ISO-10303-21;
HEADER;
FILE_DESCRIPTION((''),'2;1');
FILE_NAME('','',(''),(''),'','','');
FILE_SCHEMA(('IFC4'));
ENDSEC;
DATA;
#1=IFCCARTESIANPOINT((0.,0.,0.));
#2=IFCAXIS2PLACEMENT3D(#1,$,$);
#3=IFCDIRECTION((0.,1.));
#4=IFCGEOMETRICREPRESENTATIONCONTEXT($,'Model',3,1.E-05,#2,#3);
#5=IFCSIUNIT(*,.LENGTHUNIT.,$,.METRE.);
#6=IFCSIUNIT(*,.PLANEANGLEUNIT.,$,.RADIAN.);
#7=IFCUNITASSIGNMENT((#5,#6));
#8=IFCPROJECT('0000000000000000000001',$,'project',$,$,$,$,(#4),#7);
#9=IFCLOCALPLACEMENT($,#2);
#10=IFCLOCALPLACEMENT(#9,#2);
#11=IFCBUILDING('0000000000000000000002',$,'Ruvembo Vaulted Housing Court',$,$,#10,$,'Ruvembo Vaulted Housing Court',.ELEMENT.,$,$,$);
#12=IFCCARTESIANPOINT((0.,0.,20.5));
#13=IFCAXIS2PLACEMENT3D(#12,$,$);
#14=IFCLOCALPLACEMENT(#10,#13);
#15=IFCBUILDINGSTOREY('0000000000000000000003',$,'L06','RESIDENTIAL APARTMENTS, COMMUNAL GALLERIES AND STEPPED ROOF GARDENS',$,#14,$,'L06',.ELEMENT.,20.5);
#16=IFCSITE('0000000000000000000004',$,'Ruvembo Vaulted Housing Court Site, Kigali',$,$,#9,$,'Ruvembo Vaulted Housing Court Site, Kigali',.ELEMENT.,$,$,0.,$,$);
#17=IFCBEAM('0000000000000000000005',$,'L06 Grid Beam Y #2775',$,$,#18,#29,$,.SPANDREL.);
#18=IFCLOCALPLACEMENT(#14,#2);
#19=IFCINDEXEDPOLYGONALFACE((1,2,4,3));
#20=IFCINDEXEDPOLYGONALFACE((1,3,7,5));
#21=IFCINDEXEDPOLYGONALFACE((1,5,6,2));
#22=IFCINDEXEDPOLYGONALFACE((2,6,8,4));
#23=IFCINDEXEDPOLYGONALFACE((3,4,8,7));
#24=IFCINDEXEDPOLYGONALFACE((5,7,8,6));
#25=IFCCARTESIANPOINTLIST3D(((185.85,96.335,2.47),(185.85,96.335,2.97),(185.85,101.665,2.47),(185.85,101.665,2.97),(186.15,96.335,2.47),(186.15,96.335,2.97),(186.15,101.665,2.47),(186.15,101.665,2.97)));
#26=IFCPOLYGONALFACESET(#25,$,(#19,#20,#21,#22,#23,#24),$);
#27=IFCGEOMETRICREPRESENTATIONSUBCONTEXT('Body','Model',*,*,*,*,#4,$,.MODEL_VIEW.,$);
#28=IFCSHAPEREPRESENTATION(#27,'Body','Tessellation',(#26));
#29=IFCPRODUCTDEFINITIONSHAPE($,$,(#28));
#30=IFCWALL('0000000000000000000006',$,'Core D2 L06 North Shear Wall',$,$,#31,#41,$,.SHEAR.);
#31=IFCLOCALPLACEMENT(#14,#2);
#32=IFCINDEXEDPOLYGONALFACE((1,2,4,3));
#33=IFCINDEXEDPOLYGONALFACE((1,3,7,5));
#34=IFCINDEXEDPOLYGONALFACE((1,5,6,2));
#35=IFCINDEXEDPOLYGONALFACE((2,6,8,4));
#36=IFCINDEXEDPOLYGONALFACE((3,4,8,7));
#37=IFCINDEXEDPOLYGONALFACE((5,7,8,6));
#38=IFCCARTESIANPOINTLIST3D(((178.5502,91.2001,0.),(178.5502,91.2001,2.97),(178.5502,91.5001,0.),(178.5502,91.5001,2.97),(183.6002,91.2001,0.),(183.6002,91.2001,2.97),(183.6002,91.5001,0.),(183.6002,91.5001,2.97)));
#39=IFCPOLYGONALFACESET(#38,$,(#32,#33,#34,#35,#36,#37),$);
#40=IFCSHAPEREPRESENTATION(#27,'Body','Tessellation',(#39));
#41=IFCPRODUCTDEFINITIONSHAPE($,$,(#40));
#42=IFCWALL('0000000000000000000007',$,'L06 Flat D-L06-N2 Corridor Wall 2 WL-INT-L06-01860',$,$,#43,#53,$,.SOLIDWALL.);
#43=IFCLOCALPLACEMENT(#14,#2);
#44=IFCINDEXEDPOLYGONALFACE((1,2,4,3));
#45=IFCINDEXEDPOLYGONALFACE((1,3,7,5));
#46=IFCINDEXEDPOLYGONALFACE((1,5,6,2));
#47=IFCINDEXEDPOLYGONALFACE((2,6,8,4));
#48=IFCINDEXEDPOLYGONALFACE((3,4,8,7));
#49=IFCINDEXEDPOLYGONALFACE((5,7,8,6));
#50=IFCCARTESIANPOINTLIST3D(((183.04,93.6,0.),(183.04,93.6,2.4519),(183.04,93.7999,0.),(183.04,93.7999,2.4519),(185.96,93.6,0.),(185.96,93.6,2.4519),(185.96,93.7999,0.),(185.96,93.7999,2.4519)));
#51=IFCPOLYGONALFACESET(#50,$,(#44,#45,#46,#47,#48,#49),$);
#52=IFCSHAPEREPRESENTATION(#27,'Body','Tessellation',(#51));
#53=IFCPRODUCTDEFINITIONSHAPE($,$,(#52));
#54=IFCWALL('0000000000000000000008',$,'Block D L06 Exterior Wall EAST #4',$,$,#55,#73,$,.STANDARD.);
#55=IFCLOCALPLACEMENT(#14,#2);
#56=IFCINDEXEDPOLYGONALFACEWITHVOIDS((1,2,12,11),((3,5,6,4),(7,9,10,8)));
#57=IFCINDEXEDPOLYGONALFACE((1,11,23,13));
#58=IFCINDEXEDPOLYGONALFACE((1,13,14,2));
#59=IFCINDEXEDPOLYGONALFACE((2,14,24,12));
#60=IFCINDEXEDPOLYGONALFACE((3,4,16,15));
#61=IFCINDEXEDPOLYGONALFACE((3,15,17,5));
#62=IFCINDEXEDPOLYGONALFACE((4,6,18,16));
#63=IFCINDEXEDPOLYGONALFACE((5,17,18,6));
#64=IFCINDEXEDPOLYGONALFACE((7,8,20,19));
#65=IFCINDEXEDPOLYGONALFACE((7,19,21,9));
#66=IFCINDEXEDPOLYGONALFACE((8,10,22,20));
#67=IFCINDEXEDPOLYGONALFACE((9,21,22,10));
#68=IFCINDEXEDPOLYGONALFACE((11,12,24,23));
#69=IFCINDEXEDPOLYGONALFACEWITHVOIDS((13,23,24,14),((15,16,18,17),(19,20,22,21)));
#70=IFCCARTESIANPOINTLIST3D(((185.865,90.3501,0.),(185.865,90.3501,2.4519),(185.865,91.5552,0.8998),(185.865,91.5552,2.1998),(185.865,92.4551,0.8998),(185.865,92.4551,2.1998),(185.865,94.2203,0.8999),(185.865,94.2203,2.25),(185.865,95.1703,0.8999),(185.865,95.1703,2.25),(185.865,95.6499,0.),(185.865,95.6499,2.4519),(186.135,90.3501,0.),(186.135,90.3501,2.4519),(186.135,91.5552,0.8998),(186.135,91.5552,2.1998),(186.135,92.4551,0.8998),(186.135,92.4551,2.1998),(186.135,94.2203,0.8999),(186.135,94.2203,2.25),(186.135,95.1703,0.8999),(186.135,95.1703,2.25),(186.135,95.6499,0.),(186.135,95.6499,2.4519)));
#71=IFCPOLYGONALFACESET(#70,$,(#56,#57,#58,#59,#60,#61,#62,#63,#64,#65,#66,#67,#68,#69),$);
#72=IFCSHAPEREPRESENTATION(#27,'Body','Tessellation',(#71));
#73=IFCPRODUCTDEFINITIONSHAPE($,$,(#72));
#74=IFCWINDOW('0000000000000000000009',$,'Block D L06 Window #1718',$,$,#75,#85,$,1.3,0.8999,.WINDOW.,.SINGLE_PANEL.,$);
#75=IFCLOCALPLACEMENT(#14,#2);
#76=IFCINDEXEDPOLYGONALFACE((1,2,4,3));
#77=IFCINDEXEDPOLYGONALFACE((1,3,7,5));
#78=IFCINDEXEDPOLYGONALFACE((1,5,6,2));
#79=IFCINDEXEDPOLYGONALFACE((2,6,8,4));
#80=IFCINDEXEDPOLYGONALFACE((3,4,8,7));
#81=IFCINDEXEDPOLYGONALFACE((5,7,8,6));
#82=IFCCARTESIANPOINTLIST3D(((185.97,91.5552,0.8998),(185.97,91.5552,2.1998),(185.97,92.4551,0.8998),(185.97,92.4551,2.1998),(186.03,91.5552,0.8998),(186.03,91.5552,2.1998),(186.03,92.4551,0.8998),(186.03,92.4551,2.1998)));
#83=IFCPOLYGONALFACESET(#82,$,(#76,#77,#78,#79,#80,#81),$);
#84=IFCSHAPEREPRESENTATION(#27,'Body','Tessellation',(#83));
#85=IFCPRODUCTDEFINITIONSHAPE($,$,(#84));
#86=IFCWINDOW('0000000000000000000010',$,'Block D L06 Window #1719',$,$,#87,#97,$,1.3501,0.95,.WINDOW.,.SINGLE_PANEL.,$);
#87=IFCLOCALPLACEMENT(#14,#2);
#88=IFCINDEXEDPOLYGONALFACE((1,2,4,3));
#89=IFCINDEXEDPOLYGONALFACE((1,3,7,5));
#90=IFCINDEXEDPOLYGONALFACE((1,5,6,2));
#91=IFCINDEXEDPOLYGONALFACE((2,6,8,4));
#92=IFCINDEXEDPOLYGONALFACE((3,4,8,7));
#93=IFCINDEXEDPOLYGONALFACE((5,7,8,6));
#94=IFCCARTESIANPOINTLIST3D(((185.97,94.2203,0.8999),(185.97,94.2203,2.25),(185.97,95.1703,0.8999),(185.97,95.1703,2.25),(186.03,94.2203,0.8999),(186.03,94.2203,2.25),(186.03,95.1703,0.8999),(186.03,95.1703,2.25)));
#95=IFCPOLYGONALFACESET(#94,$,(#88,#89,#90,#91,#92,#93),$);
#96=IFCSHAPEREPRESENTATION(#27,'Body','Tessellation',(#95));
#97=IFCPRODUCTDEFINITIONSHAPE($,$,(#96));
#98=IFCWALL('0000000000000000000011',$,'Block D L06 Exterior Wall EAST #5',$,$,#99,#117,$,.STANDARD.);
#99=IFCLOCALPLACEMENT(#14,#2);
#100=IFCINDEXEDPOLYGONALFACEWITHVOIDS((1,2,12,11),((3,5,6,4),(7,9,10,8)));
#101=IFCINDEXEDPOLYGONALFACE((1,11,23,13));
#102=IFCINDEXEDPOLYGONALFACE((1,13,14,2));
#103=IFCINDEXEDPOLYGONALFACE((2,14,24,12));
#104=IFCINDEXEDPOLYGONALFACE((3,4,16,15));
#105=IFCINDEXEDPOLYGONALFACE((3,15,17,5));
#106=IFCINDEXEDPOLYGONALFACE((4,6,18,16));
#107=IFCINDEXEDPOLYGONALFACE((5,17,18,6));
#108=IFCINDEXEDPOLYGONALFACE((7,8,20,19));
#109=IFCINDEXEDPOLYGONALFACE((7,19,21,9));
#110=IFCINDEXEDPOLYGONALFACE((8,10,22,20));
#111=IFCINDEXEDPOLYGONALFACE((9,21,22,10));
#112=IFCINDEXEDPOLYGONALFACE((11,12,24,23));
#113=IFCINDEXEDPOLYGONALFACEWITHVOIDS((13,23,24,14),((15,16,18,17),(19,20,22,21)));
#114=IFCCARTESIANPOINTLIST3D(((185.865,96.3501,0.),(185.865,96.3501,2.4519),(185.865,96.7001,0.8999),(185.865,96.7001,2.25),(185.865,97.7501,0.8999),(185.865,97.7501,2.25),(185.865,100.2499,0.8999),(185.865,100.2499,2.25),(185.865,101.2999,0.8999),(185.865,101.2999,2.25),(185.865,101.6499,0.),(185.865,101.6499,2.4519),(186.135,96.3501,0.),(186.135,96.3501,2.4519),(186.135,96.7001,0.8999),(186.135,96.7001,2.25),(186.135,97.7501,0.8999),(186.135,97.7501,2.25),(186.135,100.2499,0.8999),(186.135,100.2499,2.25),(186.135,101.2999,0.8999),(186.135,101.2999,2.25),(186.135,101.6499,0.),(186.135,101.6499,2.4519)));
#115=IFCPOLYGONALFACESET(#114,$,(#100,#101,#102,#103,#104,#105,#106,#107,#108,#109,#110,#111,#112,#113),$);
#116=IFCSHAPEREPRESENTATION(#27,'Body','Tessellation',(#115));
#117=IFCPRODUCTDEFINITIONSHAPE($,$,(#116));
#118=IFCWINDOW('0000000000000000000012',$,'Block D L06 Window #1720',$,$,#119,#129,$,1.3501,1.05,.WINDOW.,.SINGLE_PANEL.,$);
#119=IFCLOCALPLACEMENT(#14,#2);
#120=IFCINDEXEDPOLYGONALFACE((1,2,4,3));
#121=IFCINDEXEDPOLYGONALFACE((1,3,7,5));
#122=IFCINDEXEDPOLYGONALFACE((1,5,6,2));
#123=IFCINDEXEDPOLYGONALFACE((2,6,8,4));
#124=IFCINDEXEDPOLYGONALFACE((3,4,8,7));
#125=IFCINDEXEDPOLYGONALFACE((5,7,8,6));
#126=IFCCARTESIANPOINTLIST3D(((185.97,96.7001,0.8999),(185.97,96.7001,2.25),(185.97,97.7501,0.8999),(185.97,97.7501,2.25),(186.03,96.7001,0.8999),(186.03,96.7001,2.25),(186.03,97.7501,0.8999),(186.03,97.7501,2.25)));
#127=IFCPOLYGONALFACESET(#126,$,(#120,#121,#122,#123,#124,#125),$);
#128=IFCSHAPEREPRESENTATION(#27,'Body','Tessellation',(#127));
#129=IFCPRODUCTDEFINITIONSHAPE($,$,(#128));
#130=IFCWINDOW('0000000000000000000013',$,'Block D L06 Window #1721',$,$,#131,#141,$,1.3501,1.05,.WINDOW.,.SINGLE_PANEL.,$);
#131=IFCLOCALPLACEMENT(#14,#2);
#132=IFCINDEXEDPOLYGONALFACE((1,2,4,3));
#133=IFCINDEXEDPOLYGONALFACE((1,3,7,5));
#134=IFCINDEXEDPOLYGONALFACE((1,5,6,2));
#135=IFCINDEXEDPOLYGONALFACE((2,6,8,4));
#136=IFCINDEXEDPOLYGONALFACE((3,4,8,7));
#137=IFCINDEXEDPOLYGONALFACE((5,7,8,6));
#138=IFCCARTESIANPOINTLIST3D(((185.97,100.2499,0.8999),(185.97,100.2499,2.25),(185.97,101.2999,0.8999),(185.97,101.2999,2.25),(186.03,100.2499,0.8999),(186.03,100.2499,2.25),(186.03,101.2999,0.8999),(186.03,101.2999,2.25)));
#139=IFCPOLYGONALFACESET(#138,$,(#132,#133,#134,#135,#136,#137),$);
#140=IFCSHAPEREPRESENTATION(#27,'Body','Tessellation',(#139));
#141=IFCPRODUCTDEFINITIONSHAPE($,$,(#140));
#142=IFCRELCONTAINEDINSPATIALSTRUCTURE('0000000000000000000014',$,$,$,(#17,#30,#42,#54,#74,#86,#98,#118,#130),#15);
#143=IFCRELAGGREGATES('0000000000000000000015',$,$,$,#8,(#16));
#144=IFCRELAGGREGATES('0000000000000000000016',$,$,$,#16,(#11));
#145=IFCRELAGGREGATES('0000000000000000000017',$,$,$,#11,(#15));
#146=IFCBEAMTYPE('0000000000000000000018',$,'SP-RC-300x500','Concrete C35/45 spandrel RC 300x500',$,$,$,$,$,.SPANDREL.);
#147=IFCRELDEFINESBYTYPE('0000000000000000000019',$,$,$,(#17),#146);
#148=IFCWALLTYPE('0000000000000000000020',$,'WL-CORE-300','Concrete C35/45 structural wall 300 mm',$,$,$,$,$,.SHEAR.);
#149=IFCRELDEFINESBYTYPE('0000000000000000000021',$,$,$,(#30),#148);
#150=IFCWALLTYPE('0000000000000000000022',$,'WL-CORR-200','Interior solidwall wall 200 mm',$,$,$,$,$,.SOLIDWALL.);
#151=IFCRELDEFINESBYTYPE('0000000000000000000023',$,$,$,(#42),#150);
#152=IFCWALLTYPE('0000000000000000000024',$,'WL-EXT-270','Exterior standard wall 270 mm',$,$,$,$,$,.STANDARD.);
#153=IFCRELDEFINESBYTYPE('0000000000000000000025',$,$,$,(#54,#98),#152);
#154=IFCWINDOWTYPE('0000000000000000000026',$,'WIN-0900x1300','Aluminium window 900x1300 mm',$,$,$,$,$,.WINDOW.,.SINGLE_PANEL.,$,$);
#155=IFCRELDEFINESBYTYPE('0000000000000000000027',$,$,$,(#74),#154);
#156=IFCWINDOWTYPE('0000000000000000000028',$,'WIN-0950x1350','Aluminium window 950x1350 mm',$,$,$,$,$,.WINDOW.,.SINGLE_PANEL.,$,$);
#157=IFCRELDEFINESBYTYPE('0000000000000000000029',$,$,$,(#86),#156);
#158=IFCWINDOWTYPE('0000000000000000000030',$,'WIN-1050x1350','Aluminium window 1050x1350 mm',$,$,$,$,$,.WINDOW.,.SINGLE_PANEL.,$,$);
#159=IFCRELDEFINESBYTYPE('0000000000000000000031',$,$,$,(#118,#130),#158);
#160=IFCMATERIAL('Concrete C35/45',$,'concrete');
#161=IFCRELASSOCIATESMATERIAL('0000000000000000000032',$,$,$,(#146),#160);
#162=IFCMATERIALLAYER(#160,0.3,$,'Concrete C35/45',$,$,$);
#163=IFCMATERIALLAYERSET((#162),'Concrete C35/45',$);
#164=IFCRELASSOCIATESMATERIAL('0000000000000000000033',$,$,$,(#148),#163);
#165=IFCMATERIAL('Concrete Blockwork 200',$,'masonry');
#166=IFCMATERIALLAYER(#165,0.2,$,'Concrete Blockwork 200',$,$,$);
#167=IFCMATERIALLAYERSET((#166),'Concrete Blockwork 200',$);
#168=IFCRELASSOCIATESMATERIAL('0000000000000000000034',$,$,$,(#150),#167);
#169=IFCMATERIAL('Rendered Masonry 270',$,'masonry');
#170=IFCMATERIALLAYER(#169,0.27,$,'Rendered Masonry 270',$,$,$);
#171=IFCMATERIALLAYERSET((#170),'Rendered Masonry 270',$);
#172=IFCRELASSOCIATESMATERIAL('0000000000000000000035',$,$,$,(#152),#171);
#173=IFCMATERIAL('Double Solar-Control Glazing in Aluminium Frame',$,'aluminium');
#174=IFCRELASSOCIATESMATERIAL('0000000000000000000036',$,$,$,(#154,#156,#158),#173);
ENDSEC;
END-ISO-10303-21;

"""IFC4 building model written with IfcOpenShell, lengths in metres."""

from ifc_helpers import new_model, si_unit, direction, frame, frame_2d, origin, origin_2d, place, context, subcontext, project, spatial, rectangle, extrude, material, layer, layer_set, material_profile, profile_set, type_object, element, fill, save


model = new_model("IFC4")

# Units and contexts
model_context = context("Model", 3, precision=1e-05, world=origin(), true_north=direction((0.0, 1.0)))
body_context = subcontext(model_context, "Body", "Model", "MODEL_VIEW")
ifc_project = project(units=[si_unit("LENGTHUNIT", "METRE"), si_unit("PLANEANGLEUNIT", "RADIAN")], contexts=[model_context])

# Site, building, storey
site_placement = place(None, origin())
site = spatial("IfcSite", under=ifc_project, at=site_placement, Name="Ruvembo Vaulted Housing Court Site, Kigali", LongName="Ruvembo Vaulted Housing Court Site, Kigali", CompositionType="ELEMENT", RefElevation=0.0)
building_placement = place(site_placement, origin())
building = spatial("IfcBuilding", under=site, at=building_placement, Name="Ruvembo Vaulted Housing Court", LongName="Ruvembo Vaulted Housing Court", CompositionType="ELEMENT")
storey_placement = place(building_placement, frame((0.0, 0.0, 20.5)))
storey = spatial("IfcBuildingStorey", under=building, at=storey_placement, Name="L06", Description="RESIDENTIAL APARTMENTS, COMMUNAL GALLERIES AND STEPPED ROOF GARDENS", LongName="L06", CompositionType="ELEMENT", Elevation=20.5)

# Shared definitions
ifc_material_1 = material(Name="Concrete C35/45", Category="concrete")

# Beam
ifc_material_profile_1 = material_profile(ifc_material_1, rectangle(XDim=0.3, YDim=0.5, at=origin_2d()), Name="RC 300x500")
ifc_profile_set_1 = profile_set([ifc_material_profile_1], Name="Concrete C35/45")
beam_type_1 = type_object("IfcBeamType", Name="SP-RC-300x500", Description="Concrete C35/45 spandrel RC 300x500", PredefinedType="SPANDREL", material=ifc_profile_set_1)
for number, where, z_axis, x_axis, name in (
    (1, (186.0, 96.335, 2.72), (0.0, 1.0, 0.0), (-1.0, 0.0, 0.0), "L06 Grid Beam Y #2775"),
):
    element("IfcBeam", number, at=place(storey_placement, frame(where, z_axis=z_axis, x_axis=x_axis)), inside=storey, type_object=beam_type_1, Name=name, PredefinedType="SPANDREL", context=body_context, shape_type="SweptSolid", body=[
        extrude(rectangle(XDim=0.3, YDim=0.5, at=origin_2d()), origin(), (0.0, 0.0, 1.0), 5.3301),
    ])

# Walls
ifc_layer_1 = layer(ifc_material_1, 0.3, Name="Concrete C35/45")
ifc_layer_set_1 = layer_set([ifc_layer_1], Name="Concrete C35/45")
wall_type_1 = type_object("IfcWallType", Name="WL-CORE-300", Description="Concrete C35/45 structural wall 300 mm", PredefinedType="SHEAR", material=ifc_layer_set_1)
wall_1_placement = place(storey_placement, frame((183.6001, 91.3501, 0.0), z_axis=(0.0, 0.0, 1.0), x_axis=(-1.0, 0.0, 0.0)))
element("IfcWall", 2, at=wall_1_placement, inside=storey, type_object=wall_type_1, Name="Core D2 L06 North Shear Wall", PredefinedType="SHEAR", context=body_context, shape_type="SweptSolid", body=[
    extrude(rectangle(XDim=5.05, YDim=0.3, at=frame_2d((2.5249, 0.0))), origin(), (0.0, 0.0, 1.0), 2.97),
])
ifc_material_2 = material(Name="Concrete Blockwork 200", Category="masonry")
ifc_layer_2 = layer(ifc_material_2, 0.2, Name="Concrete Blockwork 200")
ifc_layer_set_2 = layer_set([ifc_layer_2], Name="Concrete Blockwork 200")
wall_type_2 = type_object("IfcWallType", Name="WL-CORR-200", Description="Interior solidwall wall 200 mm", PredefinedType="SOLIDWALL", material=ifc_layer_set_2)
wall_2_placement = place(storey_placement, frame((183.04, 93.7, 0.0), z_axis=(0.0, 0.0, 1.0), x_axis=(1.0, 0.0, 0.0)))
element("IfcWall", 3, at=wall_2_placement, inside=storey, type_object=wall_type_2, Name="L06 Flat D-L06-N2 Corridor Wall 2 WL-INT-L06-01860", PredefinedType="SOLIDWALL", context=body_context, shape_type="SweptSolid", body=[
    extrude(rectangle(XDim=2.9199, YDim=0.2, at=frame_2d((1.46, 0.0))), origin(), (0.0, 0.0, 1.0), 2.4519),
])

# Walls, openings, windows
ifc_material_3 = material(Name="Rendered Masonry 270", Category="masonry")
ifc_layer_3 = layer(ifc_material_3, 0.27, Name="Rendered Masonry 270")
ifc_layer_set_3 = layer_set([ifc_layer_3], Name="Rendered Masonry 270")
wall_type_3 = type_object("IfcWallType", Name="WL-EXT-270", Description="Exterior standard wall 270 mm", PredefinedType="STANDARD", material=ifc_layer_set_3)
wall_3_placement = place(storey_placement, frame((186.0, 90.3501, 0.0), z_axis=(0.0, 0.0, 1.0), x_axis=(0.0, 1.0, 0.0)))
wall_3 = element("IfcWall", 4, at=wall_3_placement, inside=storey, type_object=wall_type_3, Name="Block D L06 Exterior Wall EAST #4", PredefinedType="STANDARD", context=body_context, shape_type="SweptSolid", body=[
    extrude(rectangle(XDim=5.2998, YDim=0.27, at=frame_2d((2.6499, 0.0))), origin(), (0.0, 0.0, 1.0), 2.4519),
])
opening_1_placement = place(wall_3_placement, frame((1.2051, 0.0, 0.8999)))
opening_1 = element("IfcOpeningElement", 5, at=opening_1_placement, cuts=wall_3, PredefinedType="OPENING", context=body_context, shape_type="SweptSolid", body=[
    extrude(rectangle(XDim=0.8999, YDim=1.3, at=frame_2d((0.45, 0.6499))), frame((0.0, 0.145, 0.0), z_axis=(0.0, -1.0, 0.0), x_axis=(1.0, 0.0, 0.0)), (0.0, 0.0, 1.0), 0.29),
])
opening_2_placement = place(wall_3_placement, frame((3.8701, 0.0, 0.8999)))
opening_2 = element("IfcOpeningElement", 6, at=opening_2_placement, cuts=wall_3, PredefinedType="OPENING", context=body_context, shape_type="SweptSolid", body=[
    extrude(rectangle(XDim=0.95, YDim=1.3501, at=frame_2d((0.4751, 0.675))), frame((0.0, 0.145, 0.0), z_axis=(0.0, -1.0, 0.0), x_axis=(1.0, 0.0, 0.0)), (0.0, 0.0, 1.0), 0.29),
])
ifc_material_4 = material(Name="Double Solar-Control Glazing in Aluminium Frame", Category="aluminium")
window_type_1 = type_object("IfcWindowType", Name="WIN-0900x1300", Description="Aluminium window 900x1300 mm", PartitioningType="SINGLE_PANEL", PredefinedType="WINDOW", material=ifc_material_4)
window_1_placement = place(opening_1_placement, origin())
window_1 = element("IfcWindow", 7, at=window_1_placement, inside=storey, type_object=window_type_1, Name="Block D L06 Window #1718", OverallHeight=1.3, OverallWidth=0.8999, PartitioningType="SINGLE_PANEL", PredefinedType="WINDOW", context=body_context, shape_type="SweptSolid", body=[
    extrude(rectangle(XDim=0.8999, YDim=1.3, at=frame_2d((0.45, 0.6499))), frame((0.0, 0.03, 0.0), z_axis=(0.0, -1.0, 0.0), x_axis=(1.0, 0.0, 0.0)), (0.0, 0.0, 1.0), 0.0601),
])
fill(opening_1, window_1)
window_type_2 = type_object("IfcWindowType", Name="WIN-0950x1350", Description="Aluminium window 950x1350 mm", PartitioningType="SINGLE_PANEL", PredefinedType="WINDOW", material=ifc_material_4)
window_2_placement = place(opening_2_placement, origin())
window_2 = element("IfcWindow", 8, at=window_2_placement, inside=storey, type_object=window_type_2, Name="Block D L06 Window #1719", OverallHeight=1.3501, OverallWidth=0.95, PartitioningType="SINGLE_PANEL", PredefinedType="WINDOW", context=body_context, shape_type="SweptSolid", body=[
    extrude(rectangle(XDim=0.95, YDim=1.3501, at=frame_2d((0.4751, 0.675))), frame((0.0, 0.03, 0.0), z_axis=(0.0, -1.0, 0.0), x_axis=(1.0, 0.0, 0.0)), (0.0, 0.0, 1.0), 0.0601),
])
fill(opening_2, window_2)
wall_4_placement = place(storey_placement, frame((186.0, 96.3501, 0.0), z_axis=(0.0, 0.0, 1.0), x_axis=(0.0, 1.0, 0.0)))
wall_4 = element("IfcWall", 9, at=wall_4_placement, inside=storey, type_object=wall_type_3, Name="Block D L06 Exterior Wall EAST #5", PredefinedType="STANDARD", context=body_context, shape_type="SweptSolid", body=[
    extrude(rectangle(XDim=5.2998, YDim=0.27, at=frame_2d((2.6499, 0.0))), origin(), (0.0, 0.0, 1.0), 2.4519),
])
opening_3_placement = place(wall_4_placement, frame((0.3501, 0.0, 0.8999)))
opening_3 = element("IfcOpeningElement", 10, at=opening_3_placement, cuts=wall_4, PredefinedType="OPENING", context=body_context, shape_type="SweptSolid", body=[
    extrude(rectangle(XDim=1.05, YDim=1.3501, at=frame_2d((0.5249, 0.675))), frame((0.0, 0.145, 0.0), z_axis=(0.0, -1.0, 0.0), x_axis=(1.0, 0.0, 0.0)), (0.0, 0.0, 1.0), 0.29),
])
opening_4_placement = place(wall_4_placement, frame((3.8999, 0.0, 0.8999)))
opening_4 = element("IfcOpeningElement", 11, at=opening_4_placement, cuts=wall_4, PredefinedType="OPENING", context=body_context, shape_type="SweptSolid", body=[
    extrude(rectangle(XDim=1.05, YDim=1.3501, at=frame_2d((0.5249, 0.675))), frame((0.0, 0.145, 0.0), z_axis=(0.0, -1.0, 0.0), x_axis=(1.0, 0.0, 0.0)), (0.0, 0.0, 1.0), 0.29),
])
window_type_3 = type_object("IfcWindowType", Name="WIN-1050x1350", Description="Aluminium window 1050x1350 mm", PartitioningType="SINGLE_PANEL", PredefinedType="WINDOW", material=ifc_material_4)
window_3_placement = place(opening_3_placement, origin())
window_3 = element("IfcWindow", 12, at=window_3_placement, inside=storey, type_object=window_type_3, Name="Block D L06 Window #1720", OverallHeight=1.3501, OverallWidth=1.05, PartitioningType="SINGLE_PANEL", PredefinedType="WINDOW", context=body_context, shape_type="SweptSolid", body=[
    extrude(rectangle(XDim=1.05, YDim=1.3501, at=frame_2d((0.5249, 0.675))), frame((0.0, 0.03, 0.0), z_axis=(0.0, -1.0, 0.0), x_axis=(1.0, 0.0, 0.0)), (0.0, 0.0, 1.0), 0.0601),
])
fill(opening_3, window_3)
window_4_placement = place(opening_4_placement, origin())
window_4 = element("IfcWindow", 13, at=window_4_placement, inside=storey, type_object=window_type_3, Name="Block D L06 Window #1721", OverallHeight=1.3501, OverallWidth=1.05, PartitioningType="SINGLE_PANEL", PredefinedType="WINDOW", context=body_context, shape_type="SweptSolid", body=[
    extrude(rectangle(XDim=1.05, YDim=1.3501, at=frame_2d((0.5249, 0.675))), frame((0.0, 0.03, 0.0), z_axis=(0.0, -1.0, 0.0), x_axis=(1.0, 0.0, 0.0)), (0.0, 0.0, 1.0), 0.0601),
])
fill(opening_4, window_4)

save(model, "model.ifc")
